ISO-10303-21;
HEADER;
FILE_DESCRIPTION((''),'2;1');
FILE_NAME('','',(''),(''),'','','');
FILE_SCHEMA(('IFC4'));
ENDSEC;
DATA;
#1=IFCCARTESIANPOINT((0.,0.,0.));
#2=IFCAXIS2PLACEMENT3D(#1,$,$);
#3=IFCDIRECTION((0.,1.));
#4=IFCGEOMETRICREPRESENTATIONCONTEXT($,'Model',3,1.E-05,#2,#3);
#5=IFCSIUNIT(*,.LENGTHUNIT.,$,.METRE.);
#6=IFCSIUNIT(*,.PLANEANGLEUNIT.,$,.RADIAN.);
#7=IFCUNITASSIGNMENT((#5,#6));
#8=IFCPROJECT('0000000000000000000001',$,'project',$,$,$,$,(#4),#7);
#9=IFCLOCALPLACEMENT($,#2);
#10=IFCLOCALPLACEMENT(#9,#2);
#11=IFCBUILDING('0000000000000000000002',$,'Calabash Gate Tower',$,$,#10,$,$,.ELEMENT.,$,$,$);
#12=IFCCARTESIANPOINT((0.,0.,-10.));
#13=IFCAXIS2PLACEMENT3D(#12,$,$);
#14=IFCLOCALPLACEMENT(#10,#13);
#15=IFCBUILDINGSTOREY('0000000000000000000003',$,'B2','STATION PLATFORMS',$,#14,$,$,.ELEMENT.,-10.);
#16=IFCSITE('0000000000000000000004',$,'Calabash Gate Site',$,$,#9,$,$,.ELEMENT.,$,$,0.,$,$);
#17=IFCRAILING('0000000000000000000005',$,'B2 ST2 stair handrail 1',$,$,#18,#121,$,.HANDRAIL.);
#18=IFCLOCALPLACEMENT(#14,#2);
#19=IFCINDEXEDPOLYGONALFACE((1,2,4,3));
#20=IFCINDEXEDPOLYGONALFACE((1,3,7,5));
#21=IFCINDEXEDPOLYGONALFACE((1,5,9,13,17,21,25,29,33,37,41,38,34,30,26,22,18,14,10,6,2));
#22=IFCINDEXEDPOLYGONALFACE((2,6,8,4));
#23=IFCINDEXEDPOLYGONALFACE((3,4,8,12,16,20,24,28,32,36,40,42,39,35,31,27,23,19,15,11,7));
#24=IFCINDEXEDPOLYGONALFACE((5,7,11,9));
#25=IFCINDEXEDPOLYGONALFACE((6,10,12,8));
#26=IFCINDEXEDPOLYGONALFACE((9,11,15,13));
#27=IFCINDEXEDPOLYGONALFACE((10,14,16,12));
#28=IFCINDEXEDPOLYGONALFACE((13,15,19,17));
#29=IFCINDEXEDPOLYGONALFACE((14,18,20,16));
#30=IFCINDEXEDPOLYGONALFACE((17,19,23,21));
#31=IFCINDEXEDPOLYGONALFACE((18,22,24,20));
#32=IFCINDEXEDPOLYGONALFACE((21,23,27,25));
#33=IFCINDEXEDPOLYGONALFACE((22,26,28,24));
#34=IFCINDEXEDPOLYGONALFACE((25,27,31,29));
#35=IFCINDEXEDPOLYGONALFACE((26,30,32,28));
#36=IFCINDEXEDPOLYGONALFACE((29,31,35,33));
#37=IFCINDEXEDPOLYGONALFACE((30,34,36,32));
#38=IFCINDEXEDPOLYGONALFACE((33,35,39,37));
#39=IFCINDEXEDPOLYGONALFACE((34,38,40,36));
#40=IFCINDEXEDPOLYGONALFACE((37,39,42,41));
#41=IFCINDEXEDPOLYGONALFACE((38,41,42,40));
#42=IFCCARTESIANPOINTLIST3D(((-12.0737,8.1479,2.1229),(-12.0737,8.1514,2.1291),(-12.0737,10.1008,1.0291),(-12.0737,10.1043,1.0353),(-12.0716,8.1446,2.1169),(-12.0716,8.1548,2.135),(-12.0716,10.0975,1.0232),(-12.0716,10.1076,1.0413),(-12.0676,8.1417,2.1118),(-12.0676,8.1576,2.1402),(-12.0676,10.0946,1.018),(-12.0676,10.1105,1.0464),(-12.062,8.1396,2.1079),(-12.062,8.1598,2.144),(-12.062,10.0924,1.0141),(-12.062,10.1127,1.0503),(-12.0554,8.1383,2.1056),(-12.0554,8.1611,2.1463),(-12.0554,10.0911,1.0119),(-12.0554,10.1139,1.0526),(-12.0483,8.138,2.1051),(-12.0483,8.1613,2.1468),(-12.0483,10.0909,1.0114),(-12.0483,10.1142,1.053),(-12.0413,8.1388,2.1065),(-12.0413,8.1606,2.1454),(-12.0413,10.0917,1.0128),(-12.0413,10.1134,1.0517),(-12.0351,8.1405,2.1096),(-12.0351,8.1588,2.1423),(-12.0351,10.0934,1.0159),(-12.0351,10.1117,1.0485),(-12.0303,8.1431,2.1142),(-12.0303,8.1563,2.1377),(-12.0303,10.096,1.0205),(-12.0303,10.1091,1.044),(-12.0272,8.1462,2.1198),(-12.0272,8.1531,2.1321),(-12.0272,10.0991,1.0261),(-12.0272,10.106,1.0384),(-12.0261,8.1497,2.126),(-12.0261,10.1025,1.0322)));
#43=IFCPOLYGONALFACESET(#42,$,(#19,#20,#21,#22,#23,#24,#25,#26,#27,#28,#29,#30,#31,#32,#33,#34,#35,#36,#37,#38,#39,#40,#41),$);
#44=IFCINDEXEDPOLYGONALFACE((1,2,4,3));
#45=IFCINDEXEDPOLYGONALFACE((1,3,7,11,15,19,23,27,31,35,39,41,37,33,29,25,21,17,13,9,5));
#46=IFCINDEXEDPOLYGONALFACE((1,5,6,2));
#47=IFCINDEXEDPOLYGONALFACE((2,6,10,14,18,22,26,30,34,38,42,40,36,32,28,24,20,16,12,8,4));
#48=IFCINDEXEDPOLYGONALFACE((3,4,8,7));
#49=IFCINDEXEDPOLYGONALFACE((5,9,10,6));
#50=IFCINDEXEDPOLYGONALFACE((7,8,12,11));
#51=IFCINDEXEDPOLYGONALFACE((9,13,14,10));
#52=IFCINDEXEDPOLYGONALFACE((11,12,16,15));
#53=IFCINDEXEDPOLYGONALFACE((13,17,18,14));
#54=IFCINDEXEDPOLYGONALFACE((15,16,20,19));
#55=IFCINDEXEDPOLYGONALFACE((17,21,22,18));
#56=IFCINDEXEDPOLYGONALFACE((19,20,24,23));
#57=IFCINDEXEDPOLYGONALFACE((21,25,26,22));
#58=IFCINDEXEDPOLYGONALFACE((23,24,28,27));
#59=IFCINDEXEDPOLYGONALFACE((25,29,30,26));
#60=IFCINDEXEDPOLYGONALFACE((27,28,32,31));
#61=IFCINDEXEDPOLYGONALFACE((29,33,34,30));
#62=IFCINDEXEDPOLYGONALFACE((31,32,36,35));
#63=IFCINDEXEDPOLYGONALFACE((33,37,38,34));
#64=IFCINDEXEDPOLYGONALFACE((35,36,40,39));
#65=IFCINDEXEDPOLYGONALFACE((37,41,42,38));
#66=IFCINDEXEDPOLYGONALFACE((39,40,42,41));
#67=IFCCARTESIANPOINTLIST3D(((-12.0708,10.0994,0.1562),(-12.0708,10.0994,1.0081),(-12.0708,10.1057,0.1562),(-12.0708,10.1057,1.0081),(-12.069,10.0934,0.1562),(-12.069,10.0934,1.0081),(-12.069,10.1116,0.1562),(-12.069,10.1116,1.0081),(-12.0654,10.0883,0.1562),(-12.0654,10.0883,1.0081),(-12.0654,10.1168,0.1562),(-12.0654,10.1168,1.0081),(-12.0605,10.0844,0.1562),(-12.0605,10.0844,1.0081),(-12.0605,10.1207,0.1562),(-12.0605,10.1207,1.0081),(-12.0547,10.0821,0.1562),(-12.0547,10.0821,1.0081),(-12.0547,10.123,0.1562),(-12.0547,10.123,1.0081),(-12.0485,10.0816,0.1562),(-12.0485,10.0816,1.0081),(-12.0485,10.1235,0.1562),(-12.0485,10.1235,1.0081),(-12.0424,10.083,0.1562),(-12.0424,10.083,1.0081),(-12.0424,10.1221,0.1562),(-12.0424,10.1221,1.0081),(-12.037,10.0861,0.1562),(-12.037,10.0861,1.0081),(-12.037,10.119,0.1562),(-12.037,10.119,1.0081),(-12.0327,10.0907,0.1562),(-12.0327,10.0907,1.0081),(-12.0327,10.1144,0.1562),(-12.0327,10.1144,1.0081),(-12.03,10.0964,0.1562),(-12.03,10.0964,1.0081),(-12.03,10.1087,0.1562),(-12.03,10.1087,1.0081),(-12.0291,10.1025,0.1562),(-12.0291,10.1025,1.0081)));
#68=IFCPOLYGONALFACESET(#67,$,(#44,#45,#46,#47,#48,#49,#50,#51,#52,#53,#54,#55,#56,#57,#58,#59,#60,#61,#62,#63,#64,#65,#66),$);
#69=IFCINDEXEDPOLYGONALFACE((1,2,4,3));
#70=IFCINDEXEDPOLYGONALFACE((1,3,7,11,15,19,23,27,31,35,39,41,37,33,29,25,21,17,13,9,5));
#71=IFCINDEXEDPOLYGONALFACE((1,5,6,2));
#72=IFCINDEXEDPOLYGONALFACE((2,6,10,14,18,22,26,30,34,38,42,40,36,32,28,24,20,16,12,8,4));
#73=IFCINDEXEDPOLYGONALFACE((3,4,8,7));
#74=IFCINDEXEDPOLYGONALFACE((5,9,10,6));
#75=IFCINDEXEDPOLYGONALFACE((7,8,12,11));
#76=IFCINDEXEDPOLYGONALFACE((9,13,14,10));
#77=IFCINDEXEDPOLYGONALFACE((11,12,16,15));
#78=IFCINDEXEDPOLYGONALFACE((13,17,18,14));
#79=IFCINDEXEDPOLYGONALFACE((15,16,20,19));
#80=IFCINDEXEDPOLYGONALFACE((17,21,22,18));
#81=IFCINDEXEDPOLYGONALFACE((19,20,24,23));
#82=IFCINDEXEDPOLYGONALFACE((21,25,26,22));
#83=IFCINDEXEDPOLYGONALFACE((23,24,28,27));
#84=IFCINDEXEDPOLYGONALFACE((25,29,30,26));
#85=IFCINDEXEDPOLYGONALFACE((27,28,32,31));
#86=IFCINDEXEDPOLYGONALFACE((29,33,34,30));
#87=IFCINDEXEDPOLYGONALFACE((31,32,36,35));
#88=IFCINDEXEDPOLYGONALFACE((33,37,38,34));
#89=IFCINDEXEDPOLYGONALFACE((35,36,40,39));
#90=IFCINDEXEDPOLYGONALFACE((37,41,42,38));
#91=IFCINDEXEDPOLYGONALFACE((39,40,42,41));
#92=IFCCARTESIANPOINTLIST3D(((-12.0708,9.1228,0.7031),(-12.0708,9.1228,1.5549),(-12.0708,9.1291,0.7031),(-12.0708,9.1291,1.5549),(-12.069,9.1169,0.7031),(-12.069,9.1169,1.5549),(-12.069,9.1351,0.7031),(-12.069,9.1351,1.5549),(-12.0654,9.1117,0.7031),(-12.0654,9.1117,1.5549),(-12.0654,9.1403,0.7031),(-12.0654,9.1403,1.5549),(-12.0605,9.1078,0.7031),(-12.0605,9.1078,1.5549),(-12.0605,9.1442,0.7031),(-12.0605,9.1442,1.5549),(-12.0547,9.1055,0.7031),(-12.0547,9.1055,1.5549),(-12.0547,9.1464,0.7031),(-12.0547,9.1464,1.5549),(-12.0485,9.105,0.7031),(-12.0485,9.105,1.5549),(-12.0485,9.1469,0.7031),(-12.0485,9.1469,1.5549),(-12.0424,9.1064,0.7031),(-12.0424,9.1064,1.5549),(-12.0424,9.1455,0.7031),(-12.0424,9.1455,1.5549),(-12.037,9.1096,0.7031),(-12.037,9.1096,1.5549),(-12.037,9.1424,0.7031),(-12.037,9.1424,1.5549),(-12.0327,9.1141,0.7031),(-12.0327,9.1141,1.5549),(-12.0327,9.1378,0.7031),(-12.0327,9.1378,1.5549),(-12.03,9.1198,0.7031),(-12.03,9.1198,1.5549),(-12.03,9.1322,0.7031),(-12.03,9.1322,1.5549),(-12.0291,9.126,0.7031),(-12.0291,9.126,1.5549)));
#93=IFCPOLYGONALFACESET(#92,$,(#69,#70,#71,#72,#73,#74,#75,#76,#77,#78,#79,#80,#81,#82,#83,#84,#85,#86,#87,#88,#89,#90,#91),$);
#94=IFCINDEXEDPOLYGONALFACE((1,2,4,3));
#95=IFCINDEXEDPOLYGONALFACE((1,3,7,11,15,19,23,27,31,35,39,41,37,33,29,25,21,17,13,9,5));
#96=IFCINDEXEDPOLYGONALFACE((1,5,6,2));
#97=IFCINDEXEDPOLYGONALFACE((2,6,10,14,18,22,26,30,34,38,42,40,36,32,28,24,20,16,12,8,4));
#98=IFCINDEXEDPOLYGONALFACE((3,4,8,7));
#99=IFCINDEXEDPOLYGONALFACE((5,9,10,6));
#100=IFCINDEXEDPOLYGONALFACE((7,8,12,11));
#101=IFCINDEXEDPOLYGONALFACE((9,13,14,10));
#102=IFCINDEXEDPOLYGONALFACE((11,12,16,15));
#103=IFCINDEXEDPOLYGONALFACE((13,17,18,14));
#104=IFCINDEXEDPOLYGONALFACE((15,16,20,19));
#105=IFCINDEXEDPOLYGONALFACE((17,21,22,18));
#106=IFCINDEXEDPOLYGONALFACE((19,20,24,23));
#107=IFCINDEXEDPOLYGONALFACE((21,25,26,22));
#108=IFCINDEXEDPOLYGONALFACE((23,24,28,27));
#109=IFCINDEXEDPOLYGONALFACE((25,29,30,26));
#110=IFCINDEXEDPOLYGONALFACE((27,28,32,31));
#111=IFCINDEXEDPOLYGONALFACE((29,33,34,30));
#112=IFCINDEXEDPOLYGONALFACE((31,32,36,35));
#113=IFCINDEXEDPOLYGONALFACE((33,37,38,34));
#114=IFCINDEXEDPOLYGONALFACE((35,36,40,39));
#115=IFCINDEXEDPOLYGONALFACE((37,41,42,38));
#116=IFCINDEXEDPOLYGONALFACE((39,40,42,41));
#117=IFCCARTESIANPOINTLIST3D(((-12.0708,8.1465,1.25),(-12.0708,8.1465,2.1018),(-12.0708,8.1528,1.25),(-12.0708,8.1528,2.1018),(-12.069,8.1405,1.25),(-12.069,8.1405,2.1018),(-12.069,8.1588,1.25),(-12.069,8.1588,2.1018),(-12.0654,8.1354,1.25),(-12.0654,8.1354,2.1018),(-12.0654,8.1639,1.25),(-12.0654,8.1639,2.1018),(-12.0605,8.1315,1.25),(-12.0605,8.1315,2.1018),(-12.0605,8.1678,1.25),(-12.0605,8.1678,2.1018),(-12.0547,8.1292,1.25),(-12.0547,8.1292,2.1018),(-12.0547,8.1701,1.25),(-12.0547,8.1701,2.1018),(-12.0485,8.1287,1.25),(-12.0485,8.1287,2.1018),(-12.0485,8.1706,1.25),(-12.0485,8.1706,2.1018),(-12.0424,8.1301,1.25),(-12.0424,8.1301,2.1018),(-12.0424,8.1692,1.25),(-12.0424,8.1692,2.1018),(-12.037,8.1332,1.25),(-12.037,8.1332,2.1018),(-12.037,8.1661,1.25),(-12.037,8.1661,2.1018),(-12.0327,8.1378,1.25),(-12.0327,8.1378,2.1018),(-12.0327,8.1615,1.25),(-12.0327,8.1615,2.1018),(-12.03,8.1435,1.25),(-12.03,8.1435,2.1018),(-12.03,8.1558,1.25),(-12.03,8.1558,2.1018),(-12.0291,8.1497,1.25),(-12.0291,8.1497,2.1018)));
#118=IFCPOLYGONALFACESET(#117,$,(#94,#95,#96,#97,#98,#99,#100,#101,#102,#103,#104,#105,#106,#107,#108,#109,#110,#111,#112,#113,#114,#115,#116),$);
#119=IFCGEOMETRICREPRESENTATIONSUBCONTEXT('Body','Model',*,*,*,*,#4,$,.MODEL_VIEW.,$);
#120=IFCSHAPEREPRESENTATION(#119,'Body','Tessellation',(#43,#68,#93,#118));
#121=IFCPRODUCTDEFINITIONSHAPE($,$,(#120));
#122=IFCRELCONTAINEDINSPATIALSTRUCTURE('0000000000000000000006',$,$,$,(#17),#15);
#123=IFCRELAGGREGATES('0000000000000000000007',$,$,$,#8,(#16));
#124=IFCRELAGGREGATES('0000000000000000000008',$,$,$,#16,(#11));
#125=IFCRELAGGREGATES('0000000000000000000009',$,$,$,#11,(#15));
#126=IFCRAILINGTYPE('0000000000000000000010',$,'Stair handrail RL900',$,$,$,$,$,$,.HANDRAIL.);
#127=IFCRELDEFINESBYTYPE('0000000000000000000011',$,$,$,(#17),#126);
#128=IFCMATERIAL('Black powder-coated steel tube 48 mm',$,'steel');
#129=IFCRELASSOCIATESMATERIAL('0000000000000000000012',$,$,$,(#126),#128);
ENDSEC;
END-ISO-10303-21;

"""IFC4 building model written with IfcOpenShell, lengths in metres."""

from ifc_helpers import new_model, si_unit, direction, frame, origin, origin_2d, place, context, subcontext, project, spatial, circle, extrude, material, type_object, element, save


model = new_model("IFC4")

# Units and contexts
model_context = context("Model", 3, precision=1e-05, world=origin(), true_north=direction((0.0, 1.0)))
body_context = subcontext(model_context, "Body", "Model", "MODEL_VIEW")
ifc_project = project(units=[si_unit("LENGTHUNIT", "METRE"), si_unit("PLANEANGLEUNIT", "RADIAN")], contexts=[model_context])

# Site, building, storey
site_placement = place(None, origin())
site = spatial("IfcSite", under=ifc_project, at=site_placement, Name="Calabash Gate Site", CompositionType="ELEMENT", RefElevation=0.0)
building_placement = place(site_placement, origin())
building = spatial("IfcBuilding", under=site, at=building_placement, Name="Calabash Gate Tower", CompositionType="ELEMENT")
storey_placement = place(building_placement, frame((0.0, 0.0, -10.0)))
storey = spatial("IfcBuildingStorey", under=building, at=storey_placement, Name="B2", Description="STATION PLATFORMS", CompositionType="ELEMENT", Elevation=-10.0)

# Railing
ifc_material_1 = material(Name="Black powder-coated steel tube 48 mm", Category="steel")
railing_type = type_object("IfcRailingType", Name="Stair handrail RL900", PredefinedType="HANDRAIL", material=ifc_material_1)
railing_1_placement = place(storey_placement, frame((-12.05, 10.1025, 0.1562)))
element("IfcRailing", 1, at=railing_1_placement, inside=storey, type_object=railing_type, Name="B2 ST2 stair handrail 1", PredefinedType="HANDRAIL", context=body_context, shape_type="SweptSolid", body=[
    extrude(circle(Radius=0.0239, at=origin_2d()), frame((0.0, 0.0, 0.876), z_axis=(0.0, -0.87248, 0.48865), x_axis=(1.0, 0.0, 0.0)), (0.0, 0.0, 1.0), 2.2383),
    extrude(circle(Radius=0.021, at=origin_2d()), origin(), (0.0, 0.0, 1.0), 0.8518),
    extrude(circle(Radius=0.021, at=origin_2d()), frame((0.0, -0.9766, 0.5469)), (0.0, 0.0, 1.0), 0.8518),
    extrude(circle(Radius=0.021, at=origin_2d()), frame((0.0, -1.9529, 1.0938)), (0.0, 0.0, 1.0), 0.8518),
])

save(model, "model.ifc")
